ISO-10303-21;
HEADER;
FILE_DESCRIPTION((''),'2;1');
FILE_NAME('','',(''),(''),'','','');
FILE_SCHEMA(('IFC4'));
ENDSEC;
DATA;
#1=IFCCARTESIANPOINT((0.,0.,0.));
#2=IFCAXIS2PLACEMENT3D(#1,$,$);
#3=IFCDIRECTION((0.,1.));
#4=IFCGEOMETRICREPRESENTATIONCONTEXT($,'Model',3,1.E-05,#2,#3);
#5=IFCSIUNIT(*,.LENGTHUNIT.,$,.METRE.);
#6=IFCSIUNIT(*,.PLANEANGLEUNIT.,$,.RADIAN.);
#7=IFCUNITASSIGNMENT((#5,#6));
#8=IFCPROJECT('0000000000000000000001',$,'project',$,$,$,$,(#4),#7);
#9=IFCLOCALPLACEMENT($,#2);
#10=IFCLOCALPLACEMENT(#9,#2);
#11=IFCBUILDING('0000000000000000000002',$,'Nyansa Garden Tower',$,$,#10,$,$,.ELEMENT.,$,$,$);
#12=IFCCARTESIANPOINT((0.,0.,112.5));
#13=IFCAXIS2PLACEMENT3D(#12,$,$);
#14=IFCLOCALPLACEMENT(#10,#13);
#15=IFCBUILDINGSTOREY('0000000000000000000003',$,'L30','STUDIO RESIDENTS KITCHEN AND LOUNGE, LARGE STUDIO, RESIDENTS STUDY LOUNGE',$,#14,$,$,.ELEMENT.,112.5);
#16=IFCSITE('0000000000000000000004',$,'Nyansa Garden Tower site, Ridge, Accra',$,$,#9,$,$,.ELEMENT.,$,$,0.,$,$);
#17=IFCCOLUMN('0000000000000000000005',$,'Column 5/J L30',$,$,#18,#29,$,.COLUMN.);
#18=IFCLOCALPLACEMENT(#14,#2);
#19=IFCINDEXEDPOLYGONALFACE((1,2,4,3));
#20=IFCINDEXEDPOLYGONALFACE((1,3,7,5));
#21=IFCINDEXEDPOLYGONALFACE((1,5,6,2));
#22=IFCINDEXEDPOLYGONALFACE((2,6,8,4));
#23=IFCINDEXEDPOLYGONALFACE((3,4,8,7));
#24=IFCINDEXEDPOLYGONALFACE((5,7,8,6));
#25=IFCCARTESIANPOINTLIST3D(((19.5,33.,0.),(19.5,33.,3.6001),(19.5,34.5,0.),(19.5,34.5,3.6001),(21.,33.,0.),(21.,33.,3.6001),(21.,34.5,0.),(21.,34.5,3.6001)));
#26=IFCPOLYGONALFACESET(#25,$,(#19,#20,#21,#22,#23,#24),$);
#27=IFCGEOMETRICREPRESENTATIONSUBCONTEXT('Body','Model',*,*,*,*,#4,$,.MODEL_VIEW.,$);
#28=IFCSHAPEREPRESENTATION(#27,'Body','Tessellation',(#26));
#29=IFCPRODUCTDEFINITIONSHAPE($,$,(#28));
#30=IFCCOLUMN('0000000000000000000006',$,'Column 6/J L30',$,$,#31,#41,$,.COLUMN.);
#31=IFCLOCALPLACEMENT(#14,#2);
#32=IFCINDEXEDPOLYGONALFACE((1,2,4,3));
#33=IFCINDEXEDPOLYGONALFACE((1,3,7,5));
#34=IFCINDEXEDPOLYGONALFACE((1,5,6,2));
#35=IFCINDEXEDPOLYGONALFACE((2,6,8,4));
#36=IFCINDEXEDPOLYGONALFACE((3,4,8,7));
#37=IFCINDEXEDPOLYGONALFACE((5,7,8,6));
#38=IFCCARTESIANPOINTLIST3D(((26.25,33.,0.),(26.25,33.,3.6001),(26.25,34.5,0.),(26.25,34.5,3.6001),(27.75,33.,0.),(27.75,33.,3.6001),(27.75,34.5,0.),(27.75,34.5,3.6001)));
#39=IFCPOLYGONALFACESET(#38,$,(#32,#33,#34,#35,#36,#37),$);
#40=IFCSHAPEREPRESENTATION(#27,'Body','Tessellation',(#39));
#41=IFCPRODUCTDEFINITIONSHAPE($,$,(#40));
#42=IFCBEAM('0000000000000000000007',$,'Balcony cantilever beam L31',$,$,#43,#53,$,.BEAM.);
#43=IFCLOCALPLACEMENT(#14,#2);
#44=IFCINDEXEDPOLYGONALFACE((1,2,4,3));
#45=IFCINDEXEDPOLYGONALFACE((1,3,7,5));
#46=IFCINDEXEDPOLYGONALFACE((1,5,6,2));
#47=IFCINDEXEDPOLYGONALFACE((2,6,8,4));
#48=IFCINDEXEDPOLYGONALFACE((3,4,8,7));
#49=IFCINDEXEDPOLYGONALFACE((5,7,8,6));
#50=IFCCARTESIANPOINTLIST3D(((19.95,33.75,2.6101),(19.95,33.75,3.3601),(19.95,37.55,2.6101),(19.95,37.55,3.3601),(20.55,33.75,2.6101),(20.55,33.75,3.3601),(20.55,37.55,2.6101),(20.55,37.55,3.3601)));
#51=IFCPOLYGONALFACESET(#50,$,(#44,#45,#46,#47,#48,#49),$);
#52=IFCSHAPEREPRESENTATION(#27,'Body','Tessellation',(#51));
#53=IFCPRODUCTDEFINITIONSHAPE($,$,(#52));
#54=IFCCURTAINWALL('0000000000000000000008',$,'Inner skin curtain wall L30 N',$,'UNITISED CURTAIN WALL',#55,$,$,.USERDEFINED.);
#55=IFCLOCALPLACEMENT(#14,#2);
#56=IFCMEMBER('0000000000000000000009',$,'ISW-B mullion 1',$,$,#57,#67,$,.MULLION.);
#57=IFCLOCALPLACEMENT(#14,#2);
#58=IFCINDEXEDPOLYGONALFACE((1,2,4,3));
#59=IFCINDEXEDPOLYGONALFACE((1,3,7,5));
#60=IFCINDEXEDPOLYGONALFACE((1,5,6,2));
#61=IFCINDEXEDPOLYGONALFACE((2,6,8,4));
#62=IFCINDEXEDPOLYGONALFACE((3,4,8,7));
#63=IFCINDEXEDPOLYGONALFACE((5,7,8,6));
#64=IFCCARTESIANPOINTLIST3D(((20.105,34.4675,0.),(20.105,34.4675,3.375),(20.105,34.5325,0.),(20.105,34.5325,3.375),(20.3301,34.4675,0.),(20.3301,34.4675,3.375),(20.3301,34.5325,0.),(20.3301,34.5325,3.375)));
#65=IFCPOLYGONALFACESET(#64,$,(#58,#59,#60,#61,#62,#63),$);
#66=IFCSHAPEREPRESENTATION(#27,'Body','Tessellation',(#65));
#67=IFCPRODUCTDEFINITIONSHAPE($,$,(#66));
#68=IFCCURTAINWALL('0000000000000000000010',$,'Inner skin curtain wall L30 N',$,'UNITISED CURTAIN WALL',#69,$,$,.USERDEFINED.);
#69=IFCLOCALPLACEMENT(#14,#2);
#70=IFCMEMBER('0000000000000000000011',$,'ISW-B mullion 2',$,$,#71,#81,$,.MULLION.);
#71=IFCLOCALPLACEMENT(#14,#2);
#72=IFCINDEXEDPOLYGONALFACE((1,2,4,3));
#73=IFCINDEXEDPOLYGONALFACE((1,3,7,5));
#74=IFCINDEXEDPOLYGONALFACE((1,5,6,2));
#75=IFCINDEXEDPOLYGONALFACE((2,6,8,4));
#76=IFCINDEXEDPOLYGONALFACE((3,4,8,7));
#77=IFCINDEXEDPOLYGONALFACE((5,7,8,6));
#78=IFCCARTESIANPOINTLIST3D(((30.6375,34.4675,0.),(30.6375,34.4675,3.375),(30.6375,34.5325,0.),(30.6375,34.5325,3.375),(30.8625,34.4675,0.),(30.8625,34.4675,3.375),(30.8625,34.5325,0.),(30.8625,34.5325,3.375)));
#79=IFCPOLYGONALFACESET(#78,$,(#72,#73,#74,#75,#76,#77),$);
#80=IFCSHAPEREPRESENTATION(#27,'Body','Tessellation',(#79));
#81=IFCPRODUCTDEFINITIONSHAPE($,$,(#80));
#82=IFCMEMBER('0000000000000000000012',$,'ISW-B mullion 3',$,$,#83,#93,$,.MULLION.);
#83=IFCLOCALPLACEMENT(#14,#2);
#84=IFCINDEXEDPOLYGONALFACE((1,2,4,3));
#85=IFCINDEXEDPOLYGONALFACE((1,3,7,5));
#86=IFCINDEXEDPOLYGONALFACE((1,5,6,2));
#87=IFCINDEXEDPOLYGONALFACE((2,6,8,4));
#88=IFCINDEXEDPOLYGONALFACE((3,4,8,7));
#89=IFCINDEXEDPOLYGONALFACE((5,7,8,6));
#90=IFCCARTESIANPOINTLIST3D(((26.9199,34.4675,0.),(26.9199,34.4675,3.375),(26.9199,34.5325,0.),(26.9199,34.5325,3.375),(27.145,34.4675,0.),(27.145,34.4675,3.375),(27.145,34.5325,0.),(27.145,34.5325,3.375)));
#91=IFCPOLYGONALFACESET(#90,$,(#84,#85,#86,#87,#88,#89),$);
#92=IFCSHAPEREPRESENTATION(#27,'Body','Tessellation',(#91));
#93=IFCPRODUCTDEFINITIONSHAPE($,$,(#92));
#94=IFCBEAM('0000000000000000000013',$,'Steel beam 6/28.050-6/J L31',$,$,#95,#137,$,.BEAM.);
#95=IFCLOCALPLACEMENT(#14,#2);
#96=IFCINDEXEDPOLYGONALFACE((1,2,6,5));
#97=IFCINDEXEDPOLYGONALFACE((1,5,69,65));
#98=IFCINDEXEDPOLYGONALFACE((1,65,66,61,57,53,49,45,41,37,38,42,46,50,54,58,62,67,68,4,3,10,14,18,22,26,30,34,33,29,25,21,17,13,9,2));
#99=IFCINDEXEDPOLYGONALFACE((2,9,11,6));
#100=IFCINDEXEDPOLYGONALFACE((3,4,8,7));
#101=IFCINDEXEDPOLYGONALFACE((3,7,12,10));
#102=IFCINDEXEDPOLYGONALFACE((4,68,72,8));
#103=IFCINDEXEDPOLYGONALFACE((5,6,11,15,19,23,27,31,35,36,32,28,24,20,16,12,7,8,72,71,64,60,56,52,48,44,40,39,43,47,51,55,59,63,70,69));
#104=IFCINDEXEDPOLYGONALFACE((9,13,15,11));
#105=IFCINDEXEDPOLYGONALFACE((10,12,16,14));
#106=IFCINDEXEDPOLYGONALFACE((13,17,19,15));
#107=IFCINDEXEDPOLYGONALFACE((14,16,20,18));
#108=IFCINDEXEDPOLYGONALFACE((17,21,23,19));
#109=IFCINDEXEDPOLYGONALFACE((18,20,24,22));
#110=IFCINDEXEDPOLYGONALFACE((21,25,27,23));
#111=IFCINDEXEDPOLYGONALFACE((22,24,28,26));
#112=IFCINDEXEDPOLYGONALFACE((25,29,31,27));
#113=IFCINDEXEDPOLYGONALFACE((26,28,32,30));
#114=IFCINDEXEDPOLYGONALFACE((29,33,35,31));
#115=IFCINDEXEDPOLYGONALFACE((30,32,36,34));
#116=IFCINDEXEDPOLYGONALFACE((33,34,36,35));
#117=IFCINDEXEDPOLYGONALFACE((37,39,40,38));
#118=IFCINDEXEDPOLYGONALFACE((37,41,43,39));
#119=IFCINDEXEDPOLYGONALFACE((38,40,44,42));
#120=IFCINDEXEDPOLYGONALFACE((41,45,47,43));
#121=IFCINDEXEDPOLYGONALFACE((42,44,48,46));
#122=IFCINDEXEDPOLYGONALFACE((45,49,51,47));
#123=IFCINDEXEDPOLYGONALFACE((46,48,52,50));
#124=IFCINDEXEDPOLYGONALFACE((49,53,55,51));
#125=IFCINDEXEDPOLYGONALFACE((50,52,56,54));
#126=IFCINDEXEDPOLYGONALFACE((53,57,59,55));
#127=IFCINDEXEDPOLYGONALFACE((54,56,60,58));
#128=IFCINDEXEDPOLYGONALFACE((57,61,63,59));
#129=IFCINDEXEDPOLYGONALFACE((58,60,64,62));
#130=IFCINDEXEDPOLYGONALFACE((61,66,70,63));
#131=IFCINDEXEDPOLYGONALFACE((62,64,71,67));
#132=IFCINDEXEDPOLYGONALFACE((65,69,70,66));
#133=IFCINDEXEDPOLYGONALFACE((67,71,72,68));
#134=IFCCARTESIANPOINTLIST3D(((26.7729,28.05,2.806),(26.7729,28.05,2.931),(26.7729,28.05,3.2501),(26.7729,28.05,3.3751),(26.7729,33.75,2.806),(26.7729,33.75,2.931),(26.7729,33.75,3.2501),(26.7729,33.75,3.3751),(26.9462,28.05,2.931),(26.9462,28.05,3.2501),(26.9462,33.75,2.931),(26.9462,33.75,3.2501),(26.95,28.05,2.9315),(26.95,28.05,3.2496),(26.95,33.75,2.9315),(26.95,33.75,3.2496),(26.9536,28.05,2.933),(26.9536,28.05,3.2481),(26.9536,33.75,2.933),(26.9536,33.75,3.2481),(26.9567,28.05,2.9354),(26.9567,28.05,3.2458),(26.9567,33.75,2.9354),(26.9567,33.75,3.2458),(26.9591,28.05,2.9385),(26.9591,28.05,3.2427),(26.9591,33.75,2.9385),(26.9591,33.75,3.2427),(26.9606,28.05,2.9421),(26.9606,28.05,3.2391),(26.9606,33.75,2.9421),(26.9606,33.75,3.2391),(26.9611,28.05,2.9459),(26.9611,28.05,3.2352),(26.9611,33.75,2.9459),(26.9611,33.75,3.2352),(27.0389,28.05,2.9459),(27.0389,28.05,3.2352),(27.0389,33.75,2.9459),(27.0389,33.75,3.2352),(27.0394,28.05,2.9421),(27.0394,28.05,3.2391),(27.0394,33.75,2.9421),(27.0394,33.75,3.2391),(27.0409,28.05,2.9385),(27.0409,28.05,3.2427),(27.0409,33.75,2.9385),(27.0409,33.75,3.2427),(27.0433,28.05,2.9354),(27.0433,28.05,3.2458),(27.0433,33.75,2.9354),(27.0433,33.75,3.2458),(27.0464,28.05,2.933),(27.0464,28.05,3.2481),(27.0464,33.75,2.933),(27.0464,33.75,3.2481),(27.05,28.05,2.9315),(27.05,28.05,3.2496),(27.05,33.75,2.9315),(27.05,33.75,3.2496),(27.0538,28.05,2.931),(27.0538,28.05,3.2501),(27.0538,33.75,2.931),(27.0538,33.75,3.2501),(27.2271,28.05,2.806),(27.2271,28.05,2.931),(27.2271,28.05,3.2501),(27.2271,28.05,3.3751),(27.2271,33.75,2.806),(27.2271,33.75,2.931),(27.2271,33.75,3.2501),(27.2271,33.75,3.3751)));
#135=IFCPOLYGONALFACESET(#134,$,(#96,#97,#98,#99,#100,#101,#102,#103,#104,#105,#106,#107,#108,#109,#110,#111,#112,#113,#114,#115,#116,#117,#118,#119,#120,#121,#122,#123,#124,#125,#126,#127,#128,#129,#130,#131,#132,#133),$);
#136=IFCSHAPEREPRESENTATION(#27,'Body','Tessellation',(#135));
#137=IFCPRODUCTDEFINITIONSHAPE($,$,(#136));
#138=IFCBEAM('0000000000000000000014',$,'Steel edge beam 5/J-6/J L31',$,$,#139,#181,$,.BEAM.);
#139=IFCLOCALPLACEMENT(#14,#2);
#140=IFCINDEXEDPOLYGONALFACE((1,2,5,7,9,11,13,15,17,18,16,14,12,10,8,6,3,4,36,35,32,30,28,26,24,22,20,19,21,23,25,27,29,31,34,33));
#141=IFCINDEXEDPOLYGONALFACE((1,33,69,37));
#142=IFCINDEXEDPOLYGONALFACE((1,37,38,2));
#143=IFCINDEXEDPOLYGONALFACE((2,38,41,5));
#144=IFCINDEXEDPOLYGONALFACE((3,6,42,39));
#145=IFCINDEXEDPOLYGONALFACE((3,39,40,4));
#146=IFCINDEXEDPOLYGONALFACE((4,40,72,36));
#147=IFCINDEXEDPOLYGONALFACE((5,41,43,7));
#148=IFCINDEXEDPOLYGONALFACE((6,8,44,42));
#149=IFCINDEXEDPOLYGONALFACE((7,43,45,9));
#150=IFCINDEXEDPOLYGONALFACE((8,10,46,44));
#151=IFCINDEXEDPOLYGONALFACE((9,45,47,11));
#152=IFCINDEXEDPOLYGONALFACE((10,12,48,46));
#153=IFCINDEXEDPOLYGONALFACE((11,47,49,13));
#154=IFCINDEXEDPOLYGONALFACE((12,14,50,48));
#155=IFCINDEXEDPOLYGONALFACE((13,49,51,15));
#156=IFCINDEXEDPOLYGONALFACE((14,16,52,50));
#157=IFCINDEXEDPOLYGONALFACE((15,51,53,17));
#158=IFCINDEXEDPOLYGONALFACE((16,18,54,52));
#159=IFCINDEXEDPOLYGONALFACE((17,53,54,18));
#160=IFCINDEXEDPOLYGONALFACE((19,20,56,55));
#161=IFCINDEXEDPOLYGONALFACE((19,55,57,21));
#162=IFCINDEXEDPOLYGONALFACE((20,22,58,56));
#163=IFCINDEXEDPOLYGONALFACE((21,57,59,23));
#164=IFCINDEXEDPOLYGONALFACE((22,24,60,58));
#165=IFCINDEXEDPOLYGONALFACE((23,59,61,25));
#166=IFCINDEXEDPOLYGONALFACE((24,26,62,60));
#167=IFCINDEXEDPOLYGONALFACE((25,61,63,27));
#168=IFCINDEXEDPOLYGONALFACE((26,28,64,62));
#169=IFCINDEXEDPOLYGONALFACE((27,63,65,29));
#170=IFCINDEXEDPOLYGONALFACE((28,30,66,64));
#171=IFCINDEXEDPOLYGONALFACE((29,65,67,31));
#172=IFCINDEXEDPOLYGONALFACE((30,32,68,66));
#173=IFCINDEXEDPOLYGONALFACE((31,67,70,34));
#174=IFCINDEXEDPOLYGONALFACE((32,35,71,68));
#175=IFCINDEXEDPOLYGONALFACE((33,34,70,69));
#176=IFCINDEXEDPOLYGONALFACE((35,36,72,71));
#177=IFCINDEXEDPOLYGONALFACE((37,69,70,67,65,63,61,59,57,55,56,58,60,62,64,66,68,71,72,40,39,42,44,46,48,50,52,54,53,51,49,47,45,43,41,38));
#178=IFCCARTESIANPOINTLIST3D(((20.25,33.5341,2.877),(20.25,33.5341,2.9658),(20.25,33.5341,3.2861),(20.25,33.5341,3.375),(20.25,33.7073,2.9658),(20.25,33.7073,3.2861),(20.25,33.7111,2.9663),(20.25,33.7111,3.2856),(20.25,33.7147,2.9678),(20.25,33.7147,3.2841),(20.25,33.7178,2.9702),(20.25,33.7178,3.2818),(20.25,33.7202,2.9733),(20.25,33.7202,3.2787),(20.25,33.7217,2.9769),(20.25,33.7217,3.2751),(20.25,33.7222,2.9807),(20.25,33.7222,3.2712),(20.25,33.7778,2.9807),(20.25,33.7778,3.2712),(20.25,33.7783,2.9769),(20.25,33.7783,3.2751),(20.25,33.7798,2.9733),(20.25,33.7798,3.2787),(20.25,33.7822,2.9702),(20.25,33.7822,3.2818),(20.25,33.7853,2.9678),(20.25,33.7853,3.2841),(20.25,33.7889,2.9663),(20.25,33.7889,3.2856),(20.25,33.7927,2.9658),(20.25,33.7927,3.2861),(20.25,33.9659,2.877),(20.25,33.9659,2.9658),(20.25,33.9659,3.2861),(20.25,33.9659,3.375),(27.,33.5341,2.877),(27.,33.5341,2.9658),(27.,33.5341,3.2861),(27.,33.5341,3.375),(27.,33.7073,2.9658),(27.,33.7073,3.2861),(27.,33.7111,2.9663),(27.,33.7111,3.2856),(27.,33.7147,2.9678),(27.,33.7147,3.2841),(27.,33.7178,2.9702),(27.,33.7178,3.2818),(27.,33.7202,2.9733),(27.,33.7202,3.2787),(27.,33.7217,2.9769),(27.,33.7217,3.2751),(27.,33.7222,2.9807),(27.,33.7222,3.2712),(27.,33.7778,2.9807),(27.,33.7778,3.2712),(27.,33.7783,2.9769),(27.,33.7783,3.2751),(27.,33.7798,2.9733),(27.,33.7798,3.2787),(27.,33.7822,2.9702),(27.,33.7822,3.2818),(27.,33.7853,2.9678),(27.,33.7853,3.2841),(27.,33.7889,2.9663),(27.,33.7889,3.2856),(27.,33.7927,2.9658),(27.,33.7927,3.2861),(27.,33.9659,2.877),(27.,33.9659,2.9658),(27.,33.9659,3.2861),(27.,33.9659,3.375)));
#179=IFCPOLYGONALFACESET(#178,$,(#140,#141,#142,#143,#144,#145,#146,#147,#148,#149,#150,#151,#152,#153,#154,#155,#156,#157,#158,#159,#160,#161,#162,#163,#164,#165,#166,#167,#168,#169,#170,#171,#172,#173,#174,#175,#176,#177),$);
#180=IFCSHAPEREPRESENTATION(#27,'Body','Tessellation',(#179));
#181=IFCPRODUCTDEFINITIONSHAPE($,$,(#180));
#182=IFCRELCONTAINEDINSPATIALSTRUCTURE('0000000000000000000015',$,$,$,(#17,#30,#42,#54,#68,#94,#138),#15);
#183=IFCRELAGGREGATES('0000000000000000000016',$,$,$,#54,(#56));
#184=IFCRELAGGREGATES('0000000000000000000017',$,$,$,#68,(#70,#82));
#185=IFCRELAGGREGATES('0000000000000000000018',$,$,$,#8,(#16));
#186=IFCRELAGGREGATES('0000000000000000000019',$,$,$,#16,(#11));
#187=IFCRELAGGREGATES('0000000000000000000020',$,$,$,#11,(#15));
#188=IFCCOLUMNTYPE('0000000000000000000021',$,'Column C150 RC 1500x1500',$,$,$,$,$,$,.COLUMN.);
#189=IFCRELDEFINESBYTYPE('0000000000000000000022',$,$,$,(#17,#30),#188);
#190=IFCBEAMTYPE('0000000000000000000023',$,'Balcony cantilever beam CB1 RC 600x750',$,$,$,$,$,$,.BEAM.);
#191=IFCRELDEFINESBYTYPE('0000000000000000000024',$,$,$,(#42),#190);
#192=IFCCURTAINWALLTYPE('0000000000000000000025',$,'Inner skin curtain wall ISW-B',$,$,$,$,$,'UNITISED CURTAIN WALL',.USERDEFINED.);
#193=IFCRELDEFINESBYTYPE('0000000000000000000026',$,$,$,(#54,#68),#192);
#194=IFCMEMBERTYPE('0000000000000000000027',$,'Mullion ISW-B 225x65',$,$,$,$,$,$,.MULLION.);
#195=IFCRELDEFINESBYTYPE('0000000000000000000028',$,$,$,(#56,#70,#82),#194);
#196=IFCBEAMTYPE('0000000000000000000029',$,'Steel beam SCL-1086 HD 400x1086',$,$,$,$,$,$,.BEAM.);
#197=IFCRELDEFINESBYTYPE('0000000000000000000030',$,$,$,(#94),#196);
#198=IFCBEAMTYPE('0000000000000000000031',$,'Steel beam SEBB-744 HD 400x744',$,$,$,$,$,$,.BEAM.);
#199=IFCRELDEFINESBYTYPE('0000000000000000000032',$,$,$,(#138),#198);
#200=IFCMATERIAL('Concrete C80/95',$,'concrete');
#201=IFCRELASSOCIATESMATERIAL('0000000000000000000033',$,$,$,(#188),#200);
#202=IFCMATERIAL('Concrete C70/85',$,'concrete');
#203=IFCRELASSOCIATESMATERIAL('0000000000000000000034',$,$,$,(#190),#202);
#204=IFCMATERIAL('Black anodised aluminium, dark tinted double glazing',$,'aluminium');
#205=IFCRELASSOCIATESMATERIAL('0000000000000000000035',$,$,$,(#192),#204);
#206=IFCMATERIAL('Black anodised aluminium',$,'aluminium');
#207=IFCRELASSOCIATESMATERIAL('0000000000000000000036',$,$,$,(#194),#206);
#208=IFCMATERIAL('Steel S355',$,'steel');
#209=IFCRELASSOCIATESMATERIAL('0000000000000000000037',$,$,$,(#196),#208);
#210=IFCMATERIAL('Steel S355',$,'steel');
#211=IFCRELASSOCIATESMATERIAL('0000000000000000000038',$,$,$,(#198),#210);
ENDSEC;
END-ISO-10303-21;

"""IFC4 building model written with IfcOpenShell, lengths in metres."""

from ifc_helpers import new_model, si_unit, direction, frame, origin, origin_2d, place, context, subcontext, project, spatial, rectangle, i_section, extrude, material, material_profile, profile_set, type_object, element, aggregate, save


model = new_model("IFC4")

# Units and contexts
model_context = context("Model", 3, precision=1e-05, world=origin(), true_north=direction((0.0, 1.0)))
body_context = subcontext(model_context, "Body", "Model", "MODEL_VIEW")
ifc_project = project(units=[si_unit("LENGTHUNIT", "METRE"), si_unit("PLANEANGLEUNIT", "RADIAN")], contexts=[model_context])

# Site, building, storey
site_placement = place(None, origin())
site = spatial("IfcSite", under=ifc_project, at=site_placement, Name="Nyansa Garden Tower site, Ridge, Accra", CompositionType="ELEMENT", RefElevation=0.0)
building_placement = place(site_placement, origin())
building = spatial("IfcBuilding", under=site, at=building_placement, Name="Nyansa Garden Tower", CompositionType="ELEMENT")
storey_placement = place(building_placement, frame((0.0, 0.0, 112.5)))
storey = spatial("IfcBuildingStorey", under=building, at=storey_placement, Name="L30", Description="STUDIO RESIDENTS KITCHEN AND LOUNGE, LARGE STUDIO, RESIDENTS STUDY LOUNGE", CompositionType="ELEMENT", Elevation=112.5)

# Columns
ifc_material_1 = material(Name="Concrete C80/95", Category="concrete")
ifc_material_profile_1 = material_profile(ifc_material_1, rectangle(XDim=1.5, YDim=1.5, at=origin_2d()), Name="RC 1500x1500")
ifc_profile_set_1 = profile_set([ifc_material_profile_1], Name="Concrete C80/95")
column_type = type_object("IfcColumnType", Name="Column C150 RC 1500x1500", PredefinedType="COLUMN", material=ifc_profile_set_1)
for number, where, z_axis, x_axis, name in (
    (1, (20.25, 33.75, 0.0), (0.0, 0.0, 1.0), (1.0, 0.0, 0.0), "Column 5/J L30"),
    (2, (27.0, 33.75, 0.0), (0.0, 0.0, 1.0), (1.0, 0.0, 0.0), "Column 6/J L30"),
):
    element("IfcColumn", number, at=place(storey_placement, frame(where, z_axis=z_axis, x_axis=x_axis)), inside=storey, type_object=column_type, Name=name, PredefinedType="COLUMN", context=body_context, shape_type="SweptSolid", body=[
        extrude(rectangle(XDim=1.5, YDim=1.5, at=origin_2d()), origin(), (0.0, 0.0, 1.0), 3.6001),
    ])

# Beam
ifc_material_2 = material(Name="Concrete C70/85", Category="concrete")
ifc_material_profile_2 = material_profile(ifc_material_2, rectangle(XDim=0.6001, YDim=0.75, at=origin_2d()), Name="RC 600x750")
ifc_profile_set_2 = profile_set([ifc_material_profile_2], Name="Concrete C70/85")
beam_type_1 = type_object("IfcBeamType", Name="Balcony cantilever beam CB1 RC 600x750", PredefinedType="BEAM", material=ifc_profile_set_2)
beam_1_placement = place(storey_placement, frame((20.25, 33.75, 2.9851), z_axis=(0.0, 1.0, 0.0), x_axis=(-1.0, 0.0, 0.0)))
element("IfcBeam", 3, at=beam_1_placement, inside=storey, type_object=beam_type_1, Name="Balcony cantilever beam L31", PredefinedType="BEAM", context=body_context, shape_type="SweptSolid", body=[
    extrude(rectangle(XDim=0.6001, YDim=0.75, at=origin_2d()), origin(), (0.0, 0.0, 1.0), 3.8),
])

# Curtain wall, member
ifc_material_3 = material(Name="Black anodised aluminium, dark tinted double glazing", Category="aluminium")
curtain_wall_type = type_object("IfcCurtainWallType", Name="Inner skin curtain wall ISW-B", ElementType="UNITISED CURTAIN WALL", PredefinedType="USERDEFINED", material=ifc_material_3)
curtain_wall_1_placement = place(storey_placement, origin())
curtain_wall_1 = element("IfcCurtainWall", 4, at=curtain_wall_1_placement, inside=storey, type_object=curtain_wall_type, Name="Inner skin curtain wall L30 N", ObjectType="UNITISED CURTAIN WALL", PredefinedType="USERDEFINED")
ifc_material_4 = material(Name="Black anodised aluminium", Category="aluminium")
ifc_material_profile_3 = material_profile(ifc_material_4, rectangle(XDim=0.0649, YDim=0.2251, at=origin_2d()), Name="Mullion 225x65")
ifc_profile_set_3 = profile_set([ifc_material_profile_3], Name="Black anodised aluminium")
member_type_1 = type_object("IfcMemberType", Name="Mullion ISW-B 225x65", PredefinedType="MULLION", material=ifc_profile_set_3)
member_1_placement = place(storey_placement, frame((20.2175, 34.5, 0.0), z_axis=(0.0, 0.0, 1.0), x_axis=(0.0, -1.0, 0.0)))
member_1 = element("IfcMember", 5, at=member_1_placement, type_object=member_type_1, Name="ISW-B mullion 1", PredefinedType="MULLION", context=body_context, shape_type="SweptSolid", body=[
    extrude(rectangle(XDim=0.0649, YDim=0.2251, at=origin_2d()), origin(), (0.0, 0.0, 1.0), 3.375),
])

# Curtain wall, members
curtain_wall_2_placement = place(storey_placement, origin())
curtain_wall_2 = element("IfcCurtainWall", 6, at=curtain_wall_2_placement, inside=storey, type_object=curtain_wall_type, Name="Inner skin curtain wall L30 N", ObjectType="UNITISED CURTAIN WALL", PredefinedType="USERDEFINED")
member_2_placement = place(storey_placement, frame((30.75, 34.5, 0.0), z_axis=(0.0, 0.0, 1.0), x_axis=(0.0, -1.0, 0.0)))
member_2 = element("IfcMember", 7, at=member_2_placement, type_object=member_type_1, Name="ISW-B mullion 2", PredefinedType="MULLION", context=body_context, shape_type="SweptSolid", body=[
    extrude(rectangle(XDim=0.0649, YDim=0.2251, at=origin_2d()), origin(), (0.0, 0.0, 1.0), 3.375),
])
member_3_placement = place(storey_placement, frame((27.0325, 34.5, 0.0), z_axis=(0.0, 0.0, 1.0), x_axis=(0.0, -1.0, 0.0)))
member_3 = element("IfcMember", 8, at=member_3_placement, type_object=member_type_1, Name="ISW-B mullion 3", PredefinedType="MULLION", context=body_context, shape_type="SweptSolid", body=[
    extrude(rectangle(XDim=0.0649, YDim=0.2251, at=origin_2d()), origin(), (0.0, 0.0, 1.0), 3.375),
])

# Beams
ifc_material_5 = material(Name="Steel S355", Category="steel")
ifc_material_profile_4 = material_profile(ifc_material_5, i_section(OverallWidth=0.4541, OverallDepth=0.5691, WebThickness=0.0779, FlangeThickness=0.125, FilletRadius=0.0149, at=origin_2d()), Name="HD 400x1086")
ifc_profile_set_4 = profile_set([ifc_material_profile_4], Name="Steel S355")
beam_type_2 = type_object("IfcBeamType", Name="Steel beam SCL-1086 HD 400x1086", PredefinedType="BEAM", material=ifc_profile_set_4)
beam_2_placement = place(storey_placement, frame((27.0, 28.05, 3.0906), z_axis=(0.0, 1.0, 0.0), x_axis=(-1.0, 0.0, 0.0)))
element("IfcBeam", 9, at=beam_2_placement, inside=storey, type_object=beam_type_2, Name="Steel beam 6/28.050-6/J L31", PredefinedType="BEAM", context=body_context, shape_type="SweptSolid", body=[
    extrude(i_section(OverallWidth=0.4541, OverallDepth=0.5691, WebThickness=0.0779, FlangeThickness=0.125, FilletRadius=0.0149, at=origin_2d()), origin(), (0.0, 0.0, 1.0), 5.7),
])
ifc_material_6 = material(Name="Steel S355", Category="steel")
ifc_material_profile_5 = material_profile(ifc_material_6, i_section(OverallWidth=0.4319, OverallDepth=0.498, WebThickness=0.0557, FlangeThickness=0.0889, FilletRadius=0.0149, at=origin_2d()), Name="HD 400x744")
ifc_profile_set_5 = profile_set([ifc_material_profile_5], Name="Steel S355")
beam_type_3 = type_object("IfcBeamType", Name="Steel beam SEBB-744 HD 400x744", PredefinedType="BEAM", material=ifc_profile_set_5)
for number, where, z_axis, x_axis, name in (
    (10, (20.25, 33.75, 3.126), (1.0, 0.0, 0.0), (0.0, 1.0, 0.0), "Steel edge beam 5/J-6/J L31"),
):
    element("IfcBeam", number, at=place(storey_placement, frame(where, z_axis=z_axis, x_axis=x_axis)), inside=storey, type_object=beam_type_3, Name=name, PredefinedType="BEAM", context=body_context, shape_type="SweptSolid", body=[
        extrude(i_section(OverallWidth=0.4319, OverallDepth=0.498, WebThickness=0.0557, FlangeThickness=0.0889, FilletRadius=0.0149, at=origin_2d()), origin(), (0.0, 0.0, 1.0), 6.75),
    ])

aggregate(curtain_wall_1, [member_1])

aggregate(curtain_wall_2, [member_2, member_3])

save(model, "model.ifc")
